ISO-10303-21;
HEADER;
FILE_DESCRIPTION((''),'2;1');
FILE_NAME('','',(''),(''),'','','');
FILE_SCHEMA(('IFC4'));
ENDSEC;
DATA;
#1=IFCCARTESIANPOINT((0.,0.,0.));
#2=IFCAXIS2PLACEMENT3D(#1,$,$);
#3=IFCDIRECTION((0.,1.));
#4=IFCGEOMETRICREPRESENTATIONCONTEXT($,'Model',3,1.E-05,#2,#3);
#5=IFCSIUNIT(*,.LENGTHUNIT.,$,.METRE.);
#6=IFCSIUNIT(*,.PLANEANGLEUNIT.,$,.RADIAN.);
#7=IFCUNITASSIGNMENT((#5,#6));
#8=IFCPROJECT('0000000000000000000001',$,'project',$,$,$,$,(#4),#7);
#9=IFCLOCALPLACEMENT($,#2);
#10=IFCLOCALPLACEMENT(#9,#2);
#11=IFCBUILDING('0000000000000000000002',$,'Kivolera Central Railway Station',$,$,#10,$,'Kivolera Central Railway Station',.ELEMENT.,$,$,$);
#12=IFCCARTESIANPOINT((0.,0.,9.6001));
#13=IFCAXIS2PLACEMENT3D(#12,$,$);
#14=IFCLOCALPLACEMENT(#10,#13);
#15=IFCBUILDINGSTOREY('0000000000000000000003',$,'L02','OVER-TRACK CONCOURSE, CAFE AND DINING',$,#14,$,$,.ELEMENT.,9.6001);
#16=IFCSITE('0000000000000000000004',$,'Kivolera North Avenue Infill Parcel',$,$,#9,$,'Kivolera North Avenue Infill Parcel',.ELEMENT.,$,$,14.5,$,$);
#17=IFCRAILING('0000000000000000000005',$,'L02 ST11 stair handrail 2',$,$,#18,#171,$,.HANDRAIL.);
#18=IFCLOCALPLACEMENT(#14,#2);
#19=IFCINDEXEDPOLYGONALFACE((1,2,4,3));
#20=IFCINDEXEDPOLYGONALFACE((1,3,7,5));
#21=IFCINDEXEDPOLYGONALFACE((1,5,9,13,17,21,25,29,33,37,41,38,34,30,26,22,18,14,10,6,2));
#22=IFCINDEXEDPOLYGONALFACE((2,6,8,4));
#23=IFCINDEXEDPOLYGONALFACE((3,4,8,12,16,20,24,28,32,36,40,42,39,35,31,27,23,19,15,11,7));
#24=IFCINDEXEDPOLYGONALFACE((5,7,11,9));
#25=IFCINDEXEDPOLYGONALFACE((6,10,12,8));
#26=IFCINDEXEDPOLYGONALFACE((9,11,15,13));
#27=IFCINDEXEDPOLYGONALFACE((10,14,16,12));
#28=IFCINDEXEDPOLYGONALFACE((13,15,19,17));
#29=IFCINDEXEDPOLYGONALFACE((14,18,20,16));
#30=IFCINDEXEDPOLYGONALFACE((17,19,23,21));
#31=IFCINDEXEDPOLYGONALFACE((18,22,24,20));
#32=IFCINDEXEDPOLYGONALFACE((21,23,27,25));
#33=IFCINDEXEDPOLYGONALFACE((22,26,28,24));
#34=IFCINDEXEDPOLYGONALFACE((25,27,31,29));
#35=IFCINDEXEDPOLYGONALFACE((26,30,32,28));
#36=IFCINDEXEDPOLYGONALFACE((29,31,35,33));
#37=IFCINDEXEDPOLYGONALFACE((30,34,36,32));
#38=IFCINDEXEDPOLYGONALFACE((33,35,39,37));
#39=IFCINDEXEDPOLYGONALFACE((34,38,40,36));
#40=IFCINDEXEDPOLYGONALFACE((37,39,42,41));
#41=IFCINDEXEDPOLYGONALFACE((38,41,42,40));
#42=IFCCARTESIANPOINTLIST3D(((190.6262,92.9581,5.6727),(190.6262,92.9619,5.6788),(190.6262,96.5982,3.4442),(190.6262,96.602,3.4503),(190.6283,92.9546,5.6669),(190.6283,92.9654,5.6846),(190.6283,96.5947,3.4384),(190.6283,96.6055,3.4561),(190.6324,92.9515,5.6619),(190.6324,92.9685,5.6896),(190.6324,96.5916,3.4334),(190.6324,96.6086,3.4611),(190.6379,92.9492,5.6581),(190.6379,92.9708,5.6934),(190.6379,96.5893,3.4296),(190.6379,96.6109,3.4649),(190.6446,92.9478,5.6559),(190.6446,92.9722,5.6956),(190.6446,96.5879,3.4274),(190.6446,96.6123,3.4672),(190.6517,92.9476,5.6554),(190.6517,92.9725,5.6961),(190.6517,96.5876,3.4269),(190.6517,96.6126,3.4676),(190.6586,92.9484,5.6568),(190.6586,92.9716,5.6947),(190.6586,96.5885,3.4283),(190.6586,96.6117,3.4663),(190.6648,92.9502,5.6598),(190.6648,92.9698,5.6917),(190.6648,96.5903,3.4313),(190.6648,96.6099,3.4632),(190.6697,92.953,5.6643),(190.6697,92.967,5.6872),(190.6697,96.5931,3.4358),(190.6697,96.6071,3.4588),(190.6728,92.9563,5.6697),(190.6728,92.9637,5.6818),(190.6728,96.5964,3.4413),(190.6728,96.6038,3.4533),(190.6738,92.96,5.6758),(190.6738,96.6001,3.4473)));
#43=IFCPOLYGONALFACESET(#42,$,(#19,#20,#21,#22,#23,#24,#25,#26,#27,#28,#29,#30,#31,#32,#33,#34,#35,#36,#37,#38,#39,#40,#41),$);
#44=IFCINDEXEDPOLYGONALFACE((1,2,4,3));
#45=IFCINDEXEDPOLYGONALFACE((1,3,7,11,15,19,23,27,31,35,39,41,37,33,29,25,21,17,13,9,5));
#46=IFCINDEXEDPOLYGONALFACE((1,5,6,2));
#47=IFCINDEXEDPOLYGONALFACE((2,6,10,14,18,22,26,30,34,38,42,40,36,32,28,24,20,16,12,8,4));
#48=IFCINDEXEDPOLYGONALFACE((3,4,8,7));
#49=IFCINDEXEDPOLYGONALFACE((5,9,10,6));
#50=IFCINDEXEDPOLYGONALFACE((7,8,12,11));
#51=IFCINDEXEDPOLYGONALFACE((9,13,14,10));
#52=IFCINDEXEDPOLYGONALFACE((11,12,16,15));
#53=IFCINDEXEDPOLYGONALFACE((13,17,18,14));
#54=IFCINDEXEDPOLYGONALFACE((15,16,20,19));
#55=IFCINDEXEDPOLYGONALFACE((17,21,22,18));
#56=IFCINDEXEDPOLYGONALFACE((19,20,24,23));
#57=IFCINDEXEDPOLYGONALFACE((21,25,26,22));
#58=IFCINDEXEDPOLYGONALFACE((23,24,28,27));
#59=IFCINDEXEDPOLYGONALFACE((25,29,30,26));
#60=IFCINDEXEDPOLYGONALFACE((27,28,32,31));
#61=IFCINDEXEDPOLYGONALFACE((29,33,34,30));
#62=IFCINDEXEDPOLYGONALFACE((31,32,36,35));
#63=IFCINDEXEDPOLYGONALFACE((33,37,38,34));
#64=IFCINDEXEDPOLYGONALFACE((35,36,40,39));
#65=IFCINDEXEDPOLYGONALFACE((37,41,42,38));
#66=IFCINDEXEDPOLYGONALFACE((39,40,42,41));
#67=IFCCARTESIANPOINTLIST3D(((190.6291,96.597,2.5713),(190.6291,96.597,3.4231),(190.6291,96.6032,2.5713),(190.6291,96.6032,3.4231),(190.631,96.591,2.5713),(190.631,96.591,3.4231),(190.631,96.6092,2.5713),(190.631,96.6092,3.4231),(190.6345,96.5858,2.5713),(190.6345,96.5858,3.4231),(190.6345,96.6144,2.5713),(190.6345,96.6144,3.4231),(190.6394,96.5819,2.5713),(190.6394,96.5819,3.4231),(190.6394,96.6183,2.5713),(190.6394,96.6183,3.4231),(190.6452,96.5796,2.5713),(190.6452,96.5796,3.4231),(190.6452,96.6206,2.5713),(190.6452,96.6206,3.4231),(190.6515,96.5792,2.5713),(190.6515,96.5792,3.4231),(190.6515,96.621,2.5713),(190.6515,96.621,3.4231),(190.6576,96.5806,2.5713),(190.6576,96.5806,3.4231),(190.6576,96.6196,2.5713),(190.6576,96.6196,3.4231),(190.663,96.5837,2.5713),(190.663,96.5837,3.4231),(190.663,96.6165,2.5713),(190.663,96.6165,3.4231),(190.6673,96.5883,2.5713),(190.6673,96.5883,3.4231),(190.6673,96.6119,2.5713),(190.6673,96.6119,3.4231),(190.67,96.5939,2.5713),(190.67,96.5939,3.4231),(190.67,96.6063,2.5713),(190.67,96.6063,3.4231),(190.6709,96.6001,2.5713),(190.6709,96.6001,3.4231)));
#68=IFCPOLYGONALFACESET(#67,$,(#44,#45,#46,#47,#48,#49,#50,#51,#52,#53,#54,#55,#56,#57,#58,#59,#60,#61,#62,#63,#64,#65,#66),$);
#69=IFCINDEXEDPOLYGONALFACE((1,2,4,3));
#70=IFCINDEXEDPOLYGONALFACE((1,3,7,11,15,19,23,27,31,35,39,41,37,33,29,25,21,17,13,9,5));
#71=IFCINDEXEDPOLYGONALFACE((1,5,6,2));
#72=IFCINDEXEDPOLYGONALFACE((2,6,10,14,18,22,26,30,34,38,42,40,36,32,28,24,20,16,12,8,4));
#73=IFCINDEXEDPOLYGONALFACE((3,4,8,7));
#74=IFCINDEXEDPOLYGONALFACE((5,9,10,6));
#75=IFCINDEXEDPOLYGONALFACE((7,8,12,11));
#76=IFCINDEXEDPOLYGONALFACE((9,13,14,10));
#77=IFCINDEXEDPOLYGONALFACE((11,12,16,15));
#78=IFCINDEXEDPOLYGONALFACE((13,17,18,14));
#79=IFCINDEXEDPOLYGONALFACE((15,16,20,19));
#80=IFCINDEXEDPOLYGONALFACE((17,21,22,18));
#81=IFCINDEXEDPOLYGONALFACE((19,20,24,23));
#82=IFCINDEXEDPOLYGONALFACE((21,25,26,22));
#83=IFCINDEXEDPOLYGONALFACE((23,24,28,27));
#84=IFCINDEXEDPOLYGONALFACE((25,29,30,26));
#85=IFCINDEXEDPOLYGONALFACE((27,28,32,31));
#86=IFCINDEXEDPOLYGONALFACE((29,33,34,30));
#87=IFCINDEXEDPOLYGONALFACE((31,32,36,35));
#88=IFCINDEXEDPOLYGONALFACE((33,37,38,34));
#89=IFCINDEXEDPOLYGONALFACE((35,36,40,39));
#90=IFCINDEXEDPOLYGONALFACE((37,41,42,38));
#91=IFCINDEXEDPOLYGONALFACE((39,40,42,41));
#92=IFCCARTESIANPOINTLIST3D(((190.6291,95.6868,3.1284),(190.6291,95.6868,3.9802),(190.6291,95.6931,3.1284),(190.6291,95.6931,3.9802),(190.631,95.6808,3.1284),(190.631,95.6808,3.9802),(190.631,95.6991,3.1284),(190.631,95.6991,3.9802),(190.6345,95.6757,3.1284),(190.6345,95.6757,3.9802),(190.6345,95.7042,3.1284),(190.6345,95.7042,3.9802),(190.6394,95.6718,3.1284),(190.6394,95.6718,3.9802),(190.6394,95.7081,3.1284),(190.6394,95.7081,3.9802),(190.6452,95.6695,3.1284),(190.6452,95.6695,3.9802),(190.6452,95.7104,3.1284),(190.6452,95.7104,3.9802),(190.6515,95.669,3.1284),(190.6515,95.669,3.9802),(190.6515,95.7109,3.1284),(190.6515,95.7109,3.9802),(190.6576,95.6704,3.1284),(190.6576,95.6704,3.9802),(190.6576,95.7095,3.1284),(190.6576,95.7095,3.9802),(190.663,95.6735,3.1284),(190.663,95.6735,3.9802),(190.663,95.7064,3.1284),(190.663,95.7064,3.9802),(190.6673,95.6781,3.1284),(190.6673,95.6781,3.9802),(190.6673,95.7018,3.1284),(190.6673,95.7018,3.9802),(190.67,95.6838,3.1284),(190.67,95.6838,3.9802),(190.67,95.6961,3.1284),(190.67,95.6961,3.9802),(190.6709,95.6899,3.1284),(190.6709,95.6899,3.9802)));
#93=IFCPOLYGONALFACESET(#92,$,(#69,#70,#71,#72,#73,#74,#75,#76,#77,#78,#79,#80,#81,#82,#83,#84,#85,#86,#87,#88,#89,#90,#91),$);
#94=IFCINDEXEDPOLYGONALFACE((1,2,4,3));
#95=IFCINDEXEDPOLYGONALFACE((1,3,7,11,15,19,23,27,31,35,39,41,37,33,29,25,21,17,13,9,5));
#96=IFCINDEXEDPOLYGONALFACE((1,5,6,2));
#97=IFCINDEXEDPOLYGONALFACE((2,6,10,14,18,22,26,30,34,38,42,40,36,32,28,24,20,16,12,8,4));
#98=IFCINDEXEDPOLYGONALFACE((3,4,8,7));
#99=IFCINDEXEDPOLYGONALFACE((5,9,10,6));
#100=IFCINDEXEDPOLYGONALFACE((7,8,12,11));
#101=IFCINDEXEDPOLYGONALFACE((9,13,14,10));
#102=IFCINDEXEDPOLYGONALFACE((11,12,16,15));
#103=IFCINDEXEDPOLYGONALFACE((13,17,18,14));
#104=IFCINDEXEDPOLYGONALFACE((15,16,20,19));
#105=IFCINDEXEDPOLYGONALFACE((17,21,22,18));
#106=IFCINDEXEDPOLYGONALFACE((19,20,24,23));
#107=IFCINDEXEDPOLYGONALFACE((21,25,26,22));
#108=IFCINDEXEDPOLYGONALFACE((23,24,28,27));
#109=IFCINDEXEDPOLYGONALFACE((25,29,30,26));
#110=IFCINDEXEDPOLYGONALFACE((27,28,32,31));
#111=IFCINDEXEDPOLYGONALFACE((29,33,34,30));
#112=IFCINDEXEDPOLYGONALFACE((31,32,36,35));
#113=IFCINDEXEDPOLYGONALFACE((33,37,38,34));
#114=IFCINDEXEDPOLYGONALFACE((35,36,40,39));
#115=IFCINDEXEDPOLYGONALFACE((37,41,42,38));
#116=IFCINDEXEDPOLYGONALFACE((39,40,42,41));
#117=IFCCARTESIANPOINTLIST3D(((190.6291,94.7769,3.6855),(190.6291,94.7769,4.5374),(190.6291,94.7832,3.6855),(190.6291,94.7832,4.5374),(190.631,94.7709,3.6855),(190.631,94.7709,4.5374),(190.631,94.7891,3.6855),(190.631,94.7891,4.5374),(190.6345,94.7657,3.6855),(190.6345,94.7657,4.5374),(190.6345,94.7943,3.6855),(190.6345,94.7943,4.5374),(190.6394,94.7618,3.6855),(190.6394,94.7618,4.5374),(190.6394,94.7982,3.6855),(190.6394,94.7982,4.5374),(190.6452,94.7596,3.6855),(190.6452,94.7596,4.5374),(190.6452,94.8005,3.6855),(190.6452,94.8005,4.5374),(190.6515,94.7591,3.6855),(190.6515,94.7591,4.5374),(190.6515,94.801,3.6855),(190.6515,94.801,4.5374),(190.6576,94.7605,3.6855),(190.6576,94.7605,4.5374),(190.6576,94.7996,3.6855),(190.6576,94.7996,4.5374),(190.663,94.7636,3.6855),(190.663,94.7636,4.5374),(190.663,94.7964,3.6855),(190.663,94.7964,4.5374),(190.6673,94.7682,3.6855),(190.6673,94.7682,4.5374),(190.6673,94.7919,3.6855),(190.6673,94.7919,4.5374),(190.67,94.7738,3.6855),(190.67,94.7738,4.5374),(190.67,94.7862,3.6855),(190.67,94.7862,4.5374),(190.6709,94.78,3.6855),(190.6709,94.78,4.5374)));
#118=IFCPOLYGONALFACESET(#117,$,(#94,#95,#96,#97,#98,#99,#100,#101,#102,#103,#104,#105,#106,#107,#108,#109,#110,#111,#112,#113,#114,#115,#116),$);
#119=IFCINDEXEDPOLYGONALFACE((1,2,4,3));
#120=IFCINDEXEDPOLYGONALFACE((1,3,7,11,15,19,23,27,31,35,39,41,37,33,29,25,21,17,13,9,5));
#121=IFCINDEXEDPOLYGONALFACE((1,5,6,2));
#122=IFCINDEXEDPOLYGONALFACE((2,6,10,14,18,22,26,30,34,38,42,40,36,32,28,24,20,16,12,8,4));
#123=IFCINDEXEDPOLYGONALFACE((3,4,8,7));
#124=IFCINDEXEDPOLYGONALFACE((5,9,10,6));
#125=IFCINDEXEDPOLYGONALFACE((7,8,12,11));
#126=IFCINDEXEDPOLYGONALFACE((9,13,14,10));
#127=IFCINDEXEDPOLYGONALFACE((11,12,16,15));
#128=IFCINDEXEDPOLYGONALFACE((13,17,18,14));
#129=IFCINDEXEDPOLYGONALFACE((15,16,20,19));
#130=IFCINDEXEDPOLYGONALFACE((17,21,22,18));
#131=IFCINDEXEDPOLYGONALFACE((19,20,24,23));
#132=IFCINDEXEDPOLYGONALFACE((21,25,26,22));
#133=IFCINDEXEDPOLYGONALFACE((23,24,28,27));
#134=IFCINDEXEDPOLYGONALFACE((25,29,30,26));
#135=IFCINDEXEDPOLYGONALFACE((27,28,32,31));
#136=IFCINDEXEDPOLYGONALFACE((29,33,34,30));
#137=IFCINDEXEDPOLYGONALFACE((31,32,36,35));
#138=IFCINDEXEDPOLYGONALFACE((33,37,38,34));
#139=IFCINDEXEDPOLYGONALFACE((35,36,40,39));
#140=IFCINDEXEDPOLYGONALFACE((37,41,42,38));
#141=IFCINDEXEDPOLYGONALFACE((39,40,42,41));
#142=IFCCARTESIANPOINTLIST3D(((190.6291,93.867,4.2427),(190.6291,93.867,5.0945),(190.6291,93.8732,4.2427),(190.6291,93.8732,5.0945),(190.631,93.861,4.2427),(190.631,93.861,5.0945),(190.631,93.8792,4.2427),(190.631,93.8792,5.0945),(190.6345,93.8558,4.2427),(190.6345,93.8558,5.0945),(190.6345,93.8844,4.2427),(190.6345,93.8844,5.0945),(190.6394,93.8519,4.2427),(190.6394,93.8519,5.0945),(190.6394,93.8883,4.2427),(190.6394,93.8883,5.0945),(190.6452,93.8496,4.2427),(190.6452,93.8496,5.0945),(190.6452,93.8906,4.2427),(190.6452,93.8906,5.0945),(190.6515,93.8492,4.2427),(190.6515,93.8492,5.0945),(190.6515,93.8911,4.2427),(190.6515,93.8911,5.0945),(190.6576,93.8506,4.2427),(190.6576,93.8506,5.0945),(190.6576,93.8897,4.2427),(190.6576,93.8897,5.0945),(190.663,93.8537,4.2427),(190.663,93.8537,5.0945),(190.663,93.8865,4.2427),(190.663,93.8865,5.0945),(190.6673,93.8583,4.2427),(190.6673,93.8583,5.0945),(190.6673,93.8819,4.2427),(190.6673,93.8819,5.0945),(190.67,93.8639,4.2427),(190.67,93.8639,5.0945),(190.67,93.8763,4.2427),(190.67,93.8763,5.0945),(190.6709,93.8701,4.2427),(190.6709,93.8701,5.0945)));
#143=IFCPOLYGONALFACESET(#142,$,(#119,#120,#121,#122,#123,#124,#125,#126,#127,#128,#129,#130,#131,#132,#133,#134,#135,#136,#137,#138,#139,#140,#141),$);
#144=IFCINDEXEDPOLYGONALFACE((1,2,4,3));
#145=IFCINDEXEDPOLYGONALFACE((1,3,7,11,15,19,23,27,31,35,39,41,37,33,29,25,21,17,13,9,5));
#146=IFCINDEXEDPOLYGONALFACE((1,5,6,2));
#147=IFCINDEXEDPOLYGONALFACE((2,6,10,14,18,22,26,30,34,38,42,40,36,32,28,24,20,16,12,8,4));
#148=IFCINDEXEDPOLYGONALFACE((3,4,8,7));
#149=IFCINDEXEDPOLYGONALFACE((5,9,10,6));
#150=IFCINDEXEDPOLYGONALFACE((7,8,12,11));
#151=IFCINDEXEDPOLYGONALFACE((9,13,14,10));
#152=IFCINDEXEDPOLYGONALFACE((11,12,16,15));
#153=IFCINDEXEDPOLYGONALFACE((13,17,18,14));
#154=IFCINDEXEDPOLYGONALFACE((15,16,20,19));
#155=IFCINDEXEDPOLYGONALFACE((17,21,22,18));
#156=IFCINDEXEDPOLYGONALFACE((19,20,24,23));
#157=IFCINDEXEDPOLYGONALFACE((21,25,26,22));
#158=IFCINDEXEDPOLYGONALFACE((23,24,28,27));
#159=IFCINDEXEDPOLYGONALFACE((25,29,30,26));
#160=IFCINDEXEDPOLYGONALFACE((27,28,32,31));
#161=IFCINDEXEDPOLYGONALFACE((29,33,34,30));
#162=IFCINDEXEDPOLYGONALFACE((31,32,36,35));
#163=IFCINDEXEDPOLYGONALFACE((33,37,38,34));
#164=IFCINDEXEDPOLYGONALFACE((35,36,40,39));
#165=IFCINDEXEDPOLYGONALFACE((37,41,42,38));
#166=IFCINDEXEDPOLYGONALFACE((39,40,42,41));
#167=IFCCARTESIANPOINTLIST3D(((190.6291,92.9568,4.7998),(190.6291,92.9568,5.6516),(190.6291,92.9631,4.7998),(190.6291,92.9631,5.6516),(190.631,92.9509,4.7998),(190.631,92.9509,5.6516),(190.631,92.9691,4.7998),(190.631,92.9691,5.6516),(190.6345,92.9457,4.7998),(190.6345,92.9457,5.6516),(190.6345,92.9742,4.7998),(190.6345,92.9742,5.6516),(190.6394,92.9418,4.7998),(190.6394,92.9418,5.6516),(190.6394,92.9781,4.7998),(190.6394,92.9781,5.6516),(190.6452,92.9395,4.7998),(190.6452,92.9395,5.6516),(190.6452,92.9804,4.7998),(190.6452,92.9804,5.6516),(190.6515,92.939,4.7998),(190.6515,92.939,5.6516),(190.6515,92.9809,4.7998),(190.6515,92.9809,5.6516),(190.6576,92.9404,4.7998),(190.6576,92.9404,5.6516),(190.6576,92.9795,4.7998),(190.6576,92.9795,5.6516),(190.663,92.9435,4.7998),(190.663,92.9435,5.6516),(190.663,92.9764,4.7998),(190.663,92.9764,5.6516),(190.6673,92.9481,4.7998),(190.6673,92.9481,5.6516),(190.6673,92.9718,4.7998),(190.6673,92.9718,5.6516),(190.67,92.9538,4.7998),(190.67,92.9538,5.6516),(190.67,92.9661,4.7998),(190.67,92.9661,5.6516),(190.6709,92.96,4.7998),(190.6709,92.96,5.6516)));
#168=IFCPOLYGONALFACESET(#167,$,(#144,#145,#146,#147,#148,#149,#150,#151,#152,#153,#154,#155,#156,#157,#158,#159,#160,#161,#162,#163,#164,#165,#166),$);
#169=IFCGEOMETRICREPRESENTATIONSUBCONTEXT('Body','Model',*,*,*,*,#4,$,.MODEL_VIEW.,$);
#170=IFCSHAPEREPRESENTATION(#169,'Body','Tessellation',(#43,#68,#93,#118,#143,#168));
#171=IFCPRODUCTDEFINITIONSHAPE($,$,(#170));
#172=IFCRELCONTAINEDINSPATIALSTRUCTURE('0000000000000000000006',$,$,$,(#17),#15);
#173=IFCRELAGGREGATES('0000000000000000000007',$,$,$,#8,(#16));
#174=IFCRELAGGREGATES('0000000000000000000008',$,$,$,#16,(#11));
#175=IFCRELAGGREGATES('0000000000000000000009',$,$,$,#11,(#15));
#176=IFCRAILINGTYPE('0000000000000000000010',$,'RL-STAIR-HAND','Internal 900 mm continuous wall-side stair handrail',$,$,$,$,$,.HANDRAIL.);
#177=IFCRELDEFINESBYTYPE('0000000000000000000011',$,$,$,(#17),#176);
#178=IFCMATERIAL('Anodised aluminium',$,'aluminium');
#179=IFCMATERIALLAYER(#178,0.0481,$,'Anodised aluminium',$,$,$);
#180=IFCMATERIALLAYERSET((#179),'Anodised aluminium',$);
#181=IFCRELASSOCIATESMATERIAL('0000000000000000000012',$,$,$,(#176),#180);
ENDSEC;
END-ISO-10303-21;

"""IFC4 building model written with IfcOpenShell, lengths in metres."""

from ifc_helpers import new_model, si_unit, direction, frame, origin, origin_2d, place, context, subcontext, project, spatial, circle, extrude, material, layer, layer_set, type_object, element, save


model = new_model("IFC4")

# Units and contexts
model_context = context("Model", 3, precision=1e-05, world=origin(), true_north=direction((0.0, 1.0)))
body_context = subcontext(model_context, "Body", "Model", "MODEL_VIEW")
ifc_project = project(units=[si_unit("LENGTHUNIT", "METRE"), si_unit("PLANEANGLEUNIT", "RADIAN")], contexts=[model_context])

# Site, building, storey
site_placement = place(None, origin())
site = spatial("IfcSite", under=ifc_project, at=site_placement, Name="Kivolera North Avenue Infill Parcel", LongName="Kivolera North Avenue Infill Parcel", CompositionType="ELEMENT", RefElevation=14.5)
building_placement = place(site_placement, origin())
building = spatial("IfcBuilding", under=site, at=building_placement, Name="Kivolera Central Railway Station", LongName="Kivolera Central Railway Station", CompositionType="ELEMENT")
storey_placement = place(building_placement, frame((0.0, 0.0, 9.6001)))
storey = spatial("IfcBuildingStorey", under=building, at=storey_placement, Name="L02", Description="OVER-TRACK CONCOURSE, CAFE AND DINING", CompositionType="ELEMENT", Elevation=9.6001)

# Shared definitions
ifc_material_1 = material(Name="Anodised aluminium", Category="aluminium")

# Railing
ifc_layer_1 = layer(ifc_material_1, 0.0481, Name="Anodised aluminium")
ifc_layer_set_1 = layer_set([ifc_layer_1], Name="Anodised aluminium")
railing_type_1 = type_object("IfcRailingType", Name="RL-STAIR-HAND", Description="Internal 900 mm continuous wall-side stair handrail", PredefinedType="HANDRAIL", material=ifc_layer_set_1)
railing_1_placement = place(storey_placement, frame((190.6499, 96.6001, 2.5713)))
element("IfcRailing", 1, at=railing_1_placement, inside=storey, type_object=railing_type_1, Name="L02 ST11 stair handrail 2", PredefinedType="HANDRAIL", context=body_context, shape_type="SweptSolid", body=[
    extrude(circle(Radius=0.0239, at=origin_2d()), frame((0.0, 0.0, 0.876), z_axis=(0.0, -0.852866, 0.52213), x_axis=(1.0, 0.0, 0.0)), (0.0, 0.0, 1.0), 4.2681),
    extrude(circle(Radius=0.021, at=origin_2d()), origin(), (0.0, 0.0, 1.0), 0.8518),
    extrude(circle(Radius=0.021, at=origin_2d()), frame((0.0, -0.9102, 0.5571)), (0.0, 0.0, 1.0), 0.8518),
    extrude(circle(Radius=0.021, at=origin_2d()), frame((0.0, -1.8201, 1.1143)), (0.0, 0.0, 1.0), 0.8518),
    extrude(circle(Radius=0.021, at=origin_2d()), frame((0.0, -2.73, 1.6714)), (0.0, 0.0, 1.0), 0.8518),
    extrude(circle(Radius=0.021, at=origin_2d()), frame((0.0, -3.6401, 2.2285)), (0.0, 0.0, 1.0), 0.8518),
])

save(model, "model.ifc")
